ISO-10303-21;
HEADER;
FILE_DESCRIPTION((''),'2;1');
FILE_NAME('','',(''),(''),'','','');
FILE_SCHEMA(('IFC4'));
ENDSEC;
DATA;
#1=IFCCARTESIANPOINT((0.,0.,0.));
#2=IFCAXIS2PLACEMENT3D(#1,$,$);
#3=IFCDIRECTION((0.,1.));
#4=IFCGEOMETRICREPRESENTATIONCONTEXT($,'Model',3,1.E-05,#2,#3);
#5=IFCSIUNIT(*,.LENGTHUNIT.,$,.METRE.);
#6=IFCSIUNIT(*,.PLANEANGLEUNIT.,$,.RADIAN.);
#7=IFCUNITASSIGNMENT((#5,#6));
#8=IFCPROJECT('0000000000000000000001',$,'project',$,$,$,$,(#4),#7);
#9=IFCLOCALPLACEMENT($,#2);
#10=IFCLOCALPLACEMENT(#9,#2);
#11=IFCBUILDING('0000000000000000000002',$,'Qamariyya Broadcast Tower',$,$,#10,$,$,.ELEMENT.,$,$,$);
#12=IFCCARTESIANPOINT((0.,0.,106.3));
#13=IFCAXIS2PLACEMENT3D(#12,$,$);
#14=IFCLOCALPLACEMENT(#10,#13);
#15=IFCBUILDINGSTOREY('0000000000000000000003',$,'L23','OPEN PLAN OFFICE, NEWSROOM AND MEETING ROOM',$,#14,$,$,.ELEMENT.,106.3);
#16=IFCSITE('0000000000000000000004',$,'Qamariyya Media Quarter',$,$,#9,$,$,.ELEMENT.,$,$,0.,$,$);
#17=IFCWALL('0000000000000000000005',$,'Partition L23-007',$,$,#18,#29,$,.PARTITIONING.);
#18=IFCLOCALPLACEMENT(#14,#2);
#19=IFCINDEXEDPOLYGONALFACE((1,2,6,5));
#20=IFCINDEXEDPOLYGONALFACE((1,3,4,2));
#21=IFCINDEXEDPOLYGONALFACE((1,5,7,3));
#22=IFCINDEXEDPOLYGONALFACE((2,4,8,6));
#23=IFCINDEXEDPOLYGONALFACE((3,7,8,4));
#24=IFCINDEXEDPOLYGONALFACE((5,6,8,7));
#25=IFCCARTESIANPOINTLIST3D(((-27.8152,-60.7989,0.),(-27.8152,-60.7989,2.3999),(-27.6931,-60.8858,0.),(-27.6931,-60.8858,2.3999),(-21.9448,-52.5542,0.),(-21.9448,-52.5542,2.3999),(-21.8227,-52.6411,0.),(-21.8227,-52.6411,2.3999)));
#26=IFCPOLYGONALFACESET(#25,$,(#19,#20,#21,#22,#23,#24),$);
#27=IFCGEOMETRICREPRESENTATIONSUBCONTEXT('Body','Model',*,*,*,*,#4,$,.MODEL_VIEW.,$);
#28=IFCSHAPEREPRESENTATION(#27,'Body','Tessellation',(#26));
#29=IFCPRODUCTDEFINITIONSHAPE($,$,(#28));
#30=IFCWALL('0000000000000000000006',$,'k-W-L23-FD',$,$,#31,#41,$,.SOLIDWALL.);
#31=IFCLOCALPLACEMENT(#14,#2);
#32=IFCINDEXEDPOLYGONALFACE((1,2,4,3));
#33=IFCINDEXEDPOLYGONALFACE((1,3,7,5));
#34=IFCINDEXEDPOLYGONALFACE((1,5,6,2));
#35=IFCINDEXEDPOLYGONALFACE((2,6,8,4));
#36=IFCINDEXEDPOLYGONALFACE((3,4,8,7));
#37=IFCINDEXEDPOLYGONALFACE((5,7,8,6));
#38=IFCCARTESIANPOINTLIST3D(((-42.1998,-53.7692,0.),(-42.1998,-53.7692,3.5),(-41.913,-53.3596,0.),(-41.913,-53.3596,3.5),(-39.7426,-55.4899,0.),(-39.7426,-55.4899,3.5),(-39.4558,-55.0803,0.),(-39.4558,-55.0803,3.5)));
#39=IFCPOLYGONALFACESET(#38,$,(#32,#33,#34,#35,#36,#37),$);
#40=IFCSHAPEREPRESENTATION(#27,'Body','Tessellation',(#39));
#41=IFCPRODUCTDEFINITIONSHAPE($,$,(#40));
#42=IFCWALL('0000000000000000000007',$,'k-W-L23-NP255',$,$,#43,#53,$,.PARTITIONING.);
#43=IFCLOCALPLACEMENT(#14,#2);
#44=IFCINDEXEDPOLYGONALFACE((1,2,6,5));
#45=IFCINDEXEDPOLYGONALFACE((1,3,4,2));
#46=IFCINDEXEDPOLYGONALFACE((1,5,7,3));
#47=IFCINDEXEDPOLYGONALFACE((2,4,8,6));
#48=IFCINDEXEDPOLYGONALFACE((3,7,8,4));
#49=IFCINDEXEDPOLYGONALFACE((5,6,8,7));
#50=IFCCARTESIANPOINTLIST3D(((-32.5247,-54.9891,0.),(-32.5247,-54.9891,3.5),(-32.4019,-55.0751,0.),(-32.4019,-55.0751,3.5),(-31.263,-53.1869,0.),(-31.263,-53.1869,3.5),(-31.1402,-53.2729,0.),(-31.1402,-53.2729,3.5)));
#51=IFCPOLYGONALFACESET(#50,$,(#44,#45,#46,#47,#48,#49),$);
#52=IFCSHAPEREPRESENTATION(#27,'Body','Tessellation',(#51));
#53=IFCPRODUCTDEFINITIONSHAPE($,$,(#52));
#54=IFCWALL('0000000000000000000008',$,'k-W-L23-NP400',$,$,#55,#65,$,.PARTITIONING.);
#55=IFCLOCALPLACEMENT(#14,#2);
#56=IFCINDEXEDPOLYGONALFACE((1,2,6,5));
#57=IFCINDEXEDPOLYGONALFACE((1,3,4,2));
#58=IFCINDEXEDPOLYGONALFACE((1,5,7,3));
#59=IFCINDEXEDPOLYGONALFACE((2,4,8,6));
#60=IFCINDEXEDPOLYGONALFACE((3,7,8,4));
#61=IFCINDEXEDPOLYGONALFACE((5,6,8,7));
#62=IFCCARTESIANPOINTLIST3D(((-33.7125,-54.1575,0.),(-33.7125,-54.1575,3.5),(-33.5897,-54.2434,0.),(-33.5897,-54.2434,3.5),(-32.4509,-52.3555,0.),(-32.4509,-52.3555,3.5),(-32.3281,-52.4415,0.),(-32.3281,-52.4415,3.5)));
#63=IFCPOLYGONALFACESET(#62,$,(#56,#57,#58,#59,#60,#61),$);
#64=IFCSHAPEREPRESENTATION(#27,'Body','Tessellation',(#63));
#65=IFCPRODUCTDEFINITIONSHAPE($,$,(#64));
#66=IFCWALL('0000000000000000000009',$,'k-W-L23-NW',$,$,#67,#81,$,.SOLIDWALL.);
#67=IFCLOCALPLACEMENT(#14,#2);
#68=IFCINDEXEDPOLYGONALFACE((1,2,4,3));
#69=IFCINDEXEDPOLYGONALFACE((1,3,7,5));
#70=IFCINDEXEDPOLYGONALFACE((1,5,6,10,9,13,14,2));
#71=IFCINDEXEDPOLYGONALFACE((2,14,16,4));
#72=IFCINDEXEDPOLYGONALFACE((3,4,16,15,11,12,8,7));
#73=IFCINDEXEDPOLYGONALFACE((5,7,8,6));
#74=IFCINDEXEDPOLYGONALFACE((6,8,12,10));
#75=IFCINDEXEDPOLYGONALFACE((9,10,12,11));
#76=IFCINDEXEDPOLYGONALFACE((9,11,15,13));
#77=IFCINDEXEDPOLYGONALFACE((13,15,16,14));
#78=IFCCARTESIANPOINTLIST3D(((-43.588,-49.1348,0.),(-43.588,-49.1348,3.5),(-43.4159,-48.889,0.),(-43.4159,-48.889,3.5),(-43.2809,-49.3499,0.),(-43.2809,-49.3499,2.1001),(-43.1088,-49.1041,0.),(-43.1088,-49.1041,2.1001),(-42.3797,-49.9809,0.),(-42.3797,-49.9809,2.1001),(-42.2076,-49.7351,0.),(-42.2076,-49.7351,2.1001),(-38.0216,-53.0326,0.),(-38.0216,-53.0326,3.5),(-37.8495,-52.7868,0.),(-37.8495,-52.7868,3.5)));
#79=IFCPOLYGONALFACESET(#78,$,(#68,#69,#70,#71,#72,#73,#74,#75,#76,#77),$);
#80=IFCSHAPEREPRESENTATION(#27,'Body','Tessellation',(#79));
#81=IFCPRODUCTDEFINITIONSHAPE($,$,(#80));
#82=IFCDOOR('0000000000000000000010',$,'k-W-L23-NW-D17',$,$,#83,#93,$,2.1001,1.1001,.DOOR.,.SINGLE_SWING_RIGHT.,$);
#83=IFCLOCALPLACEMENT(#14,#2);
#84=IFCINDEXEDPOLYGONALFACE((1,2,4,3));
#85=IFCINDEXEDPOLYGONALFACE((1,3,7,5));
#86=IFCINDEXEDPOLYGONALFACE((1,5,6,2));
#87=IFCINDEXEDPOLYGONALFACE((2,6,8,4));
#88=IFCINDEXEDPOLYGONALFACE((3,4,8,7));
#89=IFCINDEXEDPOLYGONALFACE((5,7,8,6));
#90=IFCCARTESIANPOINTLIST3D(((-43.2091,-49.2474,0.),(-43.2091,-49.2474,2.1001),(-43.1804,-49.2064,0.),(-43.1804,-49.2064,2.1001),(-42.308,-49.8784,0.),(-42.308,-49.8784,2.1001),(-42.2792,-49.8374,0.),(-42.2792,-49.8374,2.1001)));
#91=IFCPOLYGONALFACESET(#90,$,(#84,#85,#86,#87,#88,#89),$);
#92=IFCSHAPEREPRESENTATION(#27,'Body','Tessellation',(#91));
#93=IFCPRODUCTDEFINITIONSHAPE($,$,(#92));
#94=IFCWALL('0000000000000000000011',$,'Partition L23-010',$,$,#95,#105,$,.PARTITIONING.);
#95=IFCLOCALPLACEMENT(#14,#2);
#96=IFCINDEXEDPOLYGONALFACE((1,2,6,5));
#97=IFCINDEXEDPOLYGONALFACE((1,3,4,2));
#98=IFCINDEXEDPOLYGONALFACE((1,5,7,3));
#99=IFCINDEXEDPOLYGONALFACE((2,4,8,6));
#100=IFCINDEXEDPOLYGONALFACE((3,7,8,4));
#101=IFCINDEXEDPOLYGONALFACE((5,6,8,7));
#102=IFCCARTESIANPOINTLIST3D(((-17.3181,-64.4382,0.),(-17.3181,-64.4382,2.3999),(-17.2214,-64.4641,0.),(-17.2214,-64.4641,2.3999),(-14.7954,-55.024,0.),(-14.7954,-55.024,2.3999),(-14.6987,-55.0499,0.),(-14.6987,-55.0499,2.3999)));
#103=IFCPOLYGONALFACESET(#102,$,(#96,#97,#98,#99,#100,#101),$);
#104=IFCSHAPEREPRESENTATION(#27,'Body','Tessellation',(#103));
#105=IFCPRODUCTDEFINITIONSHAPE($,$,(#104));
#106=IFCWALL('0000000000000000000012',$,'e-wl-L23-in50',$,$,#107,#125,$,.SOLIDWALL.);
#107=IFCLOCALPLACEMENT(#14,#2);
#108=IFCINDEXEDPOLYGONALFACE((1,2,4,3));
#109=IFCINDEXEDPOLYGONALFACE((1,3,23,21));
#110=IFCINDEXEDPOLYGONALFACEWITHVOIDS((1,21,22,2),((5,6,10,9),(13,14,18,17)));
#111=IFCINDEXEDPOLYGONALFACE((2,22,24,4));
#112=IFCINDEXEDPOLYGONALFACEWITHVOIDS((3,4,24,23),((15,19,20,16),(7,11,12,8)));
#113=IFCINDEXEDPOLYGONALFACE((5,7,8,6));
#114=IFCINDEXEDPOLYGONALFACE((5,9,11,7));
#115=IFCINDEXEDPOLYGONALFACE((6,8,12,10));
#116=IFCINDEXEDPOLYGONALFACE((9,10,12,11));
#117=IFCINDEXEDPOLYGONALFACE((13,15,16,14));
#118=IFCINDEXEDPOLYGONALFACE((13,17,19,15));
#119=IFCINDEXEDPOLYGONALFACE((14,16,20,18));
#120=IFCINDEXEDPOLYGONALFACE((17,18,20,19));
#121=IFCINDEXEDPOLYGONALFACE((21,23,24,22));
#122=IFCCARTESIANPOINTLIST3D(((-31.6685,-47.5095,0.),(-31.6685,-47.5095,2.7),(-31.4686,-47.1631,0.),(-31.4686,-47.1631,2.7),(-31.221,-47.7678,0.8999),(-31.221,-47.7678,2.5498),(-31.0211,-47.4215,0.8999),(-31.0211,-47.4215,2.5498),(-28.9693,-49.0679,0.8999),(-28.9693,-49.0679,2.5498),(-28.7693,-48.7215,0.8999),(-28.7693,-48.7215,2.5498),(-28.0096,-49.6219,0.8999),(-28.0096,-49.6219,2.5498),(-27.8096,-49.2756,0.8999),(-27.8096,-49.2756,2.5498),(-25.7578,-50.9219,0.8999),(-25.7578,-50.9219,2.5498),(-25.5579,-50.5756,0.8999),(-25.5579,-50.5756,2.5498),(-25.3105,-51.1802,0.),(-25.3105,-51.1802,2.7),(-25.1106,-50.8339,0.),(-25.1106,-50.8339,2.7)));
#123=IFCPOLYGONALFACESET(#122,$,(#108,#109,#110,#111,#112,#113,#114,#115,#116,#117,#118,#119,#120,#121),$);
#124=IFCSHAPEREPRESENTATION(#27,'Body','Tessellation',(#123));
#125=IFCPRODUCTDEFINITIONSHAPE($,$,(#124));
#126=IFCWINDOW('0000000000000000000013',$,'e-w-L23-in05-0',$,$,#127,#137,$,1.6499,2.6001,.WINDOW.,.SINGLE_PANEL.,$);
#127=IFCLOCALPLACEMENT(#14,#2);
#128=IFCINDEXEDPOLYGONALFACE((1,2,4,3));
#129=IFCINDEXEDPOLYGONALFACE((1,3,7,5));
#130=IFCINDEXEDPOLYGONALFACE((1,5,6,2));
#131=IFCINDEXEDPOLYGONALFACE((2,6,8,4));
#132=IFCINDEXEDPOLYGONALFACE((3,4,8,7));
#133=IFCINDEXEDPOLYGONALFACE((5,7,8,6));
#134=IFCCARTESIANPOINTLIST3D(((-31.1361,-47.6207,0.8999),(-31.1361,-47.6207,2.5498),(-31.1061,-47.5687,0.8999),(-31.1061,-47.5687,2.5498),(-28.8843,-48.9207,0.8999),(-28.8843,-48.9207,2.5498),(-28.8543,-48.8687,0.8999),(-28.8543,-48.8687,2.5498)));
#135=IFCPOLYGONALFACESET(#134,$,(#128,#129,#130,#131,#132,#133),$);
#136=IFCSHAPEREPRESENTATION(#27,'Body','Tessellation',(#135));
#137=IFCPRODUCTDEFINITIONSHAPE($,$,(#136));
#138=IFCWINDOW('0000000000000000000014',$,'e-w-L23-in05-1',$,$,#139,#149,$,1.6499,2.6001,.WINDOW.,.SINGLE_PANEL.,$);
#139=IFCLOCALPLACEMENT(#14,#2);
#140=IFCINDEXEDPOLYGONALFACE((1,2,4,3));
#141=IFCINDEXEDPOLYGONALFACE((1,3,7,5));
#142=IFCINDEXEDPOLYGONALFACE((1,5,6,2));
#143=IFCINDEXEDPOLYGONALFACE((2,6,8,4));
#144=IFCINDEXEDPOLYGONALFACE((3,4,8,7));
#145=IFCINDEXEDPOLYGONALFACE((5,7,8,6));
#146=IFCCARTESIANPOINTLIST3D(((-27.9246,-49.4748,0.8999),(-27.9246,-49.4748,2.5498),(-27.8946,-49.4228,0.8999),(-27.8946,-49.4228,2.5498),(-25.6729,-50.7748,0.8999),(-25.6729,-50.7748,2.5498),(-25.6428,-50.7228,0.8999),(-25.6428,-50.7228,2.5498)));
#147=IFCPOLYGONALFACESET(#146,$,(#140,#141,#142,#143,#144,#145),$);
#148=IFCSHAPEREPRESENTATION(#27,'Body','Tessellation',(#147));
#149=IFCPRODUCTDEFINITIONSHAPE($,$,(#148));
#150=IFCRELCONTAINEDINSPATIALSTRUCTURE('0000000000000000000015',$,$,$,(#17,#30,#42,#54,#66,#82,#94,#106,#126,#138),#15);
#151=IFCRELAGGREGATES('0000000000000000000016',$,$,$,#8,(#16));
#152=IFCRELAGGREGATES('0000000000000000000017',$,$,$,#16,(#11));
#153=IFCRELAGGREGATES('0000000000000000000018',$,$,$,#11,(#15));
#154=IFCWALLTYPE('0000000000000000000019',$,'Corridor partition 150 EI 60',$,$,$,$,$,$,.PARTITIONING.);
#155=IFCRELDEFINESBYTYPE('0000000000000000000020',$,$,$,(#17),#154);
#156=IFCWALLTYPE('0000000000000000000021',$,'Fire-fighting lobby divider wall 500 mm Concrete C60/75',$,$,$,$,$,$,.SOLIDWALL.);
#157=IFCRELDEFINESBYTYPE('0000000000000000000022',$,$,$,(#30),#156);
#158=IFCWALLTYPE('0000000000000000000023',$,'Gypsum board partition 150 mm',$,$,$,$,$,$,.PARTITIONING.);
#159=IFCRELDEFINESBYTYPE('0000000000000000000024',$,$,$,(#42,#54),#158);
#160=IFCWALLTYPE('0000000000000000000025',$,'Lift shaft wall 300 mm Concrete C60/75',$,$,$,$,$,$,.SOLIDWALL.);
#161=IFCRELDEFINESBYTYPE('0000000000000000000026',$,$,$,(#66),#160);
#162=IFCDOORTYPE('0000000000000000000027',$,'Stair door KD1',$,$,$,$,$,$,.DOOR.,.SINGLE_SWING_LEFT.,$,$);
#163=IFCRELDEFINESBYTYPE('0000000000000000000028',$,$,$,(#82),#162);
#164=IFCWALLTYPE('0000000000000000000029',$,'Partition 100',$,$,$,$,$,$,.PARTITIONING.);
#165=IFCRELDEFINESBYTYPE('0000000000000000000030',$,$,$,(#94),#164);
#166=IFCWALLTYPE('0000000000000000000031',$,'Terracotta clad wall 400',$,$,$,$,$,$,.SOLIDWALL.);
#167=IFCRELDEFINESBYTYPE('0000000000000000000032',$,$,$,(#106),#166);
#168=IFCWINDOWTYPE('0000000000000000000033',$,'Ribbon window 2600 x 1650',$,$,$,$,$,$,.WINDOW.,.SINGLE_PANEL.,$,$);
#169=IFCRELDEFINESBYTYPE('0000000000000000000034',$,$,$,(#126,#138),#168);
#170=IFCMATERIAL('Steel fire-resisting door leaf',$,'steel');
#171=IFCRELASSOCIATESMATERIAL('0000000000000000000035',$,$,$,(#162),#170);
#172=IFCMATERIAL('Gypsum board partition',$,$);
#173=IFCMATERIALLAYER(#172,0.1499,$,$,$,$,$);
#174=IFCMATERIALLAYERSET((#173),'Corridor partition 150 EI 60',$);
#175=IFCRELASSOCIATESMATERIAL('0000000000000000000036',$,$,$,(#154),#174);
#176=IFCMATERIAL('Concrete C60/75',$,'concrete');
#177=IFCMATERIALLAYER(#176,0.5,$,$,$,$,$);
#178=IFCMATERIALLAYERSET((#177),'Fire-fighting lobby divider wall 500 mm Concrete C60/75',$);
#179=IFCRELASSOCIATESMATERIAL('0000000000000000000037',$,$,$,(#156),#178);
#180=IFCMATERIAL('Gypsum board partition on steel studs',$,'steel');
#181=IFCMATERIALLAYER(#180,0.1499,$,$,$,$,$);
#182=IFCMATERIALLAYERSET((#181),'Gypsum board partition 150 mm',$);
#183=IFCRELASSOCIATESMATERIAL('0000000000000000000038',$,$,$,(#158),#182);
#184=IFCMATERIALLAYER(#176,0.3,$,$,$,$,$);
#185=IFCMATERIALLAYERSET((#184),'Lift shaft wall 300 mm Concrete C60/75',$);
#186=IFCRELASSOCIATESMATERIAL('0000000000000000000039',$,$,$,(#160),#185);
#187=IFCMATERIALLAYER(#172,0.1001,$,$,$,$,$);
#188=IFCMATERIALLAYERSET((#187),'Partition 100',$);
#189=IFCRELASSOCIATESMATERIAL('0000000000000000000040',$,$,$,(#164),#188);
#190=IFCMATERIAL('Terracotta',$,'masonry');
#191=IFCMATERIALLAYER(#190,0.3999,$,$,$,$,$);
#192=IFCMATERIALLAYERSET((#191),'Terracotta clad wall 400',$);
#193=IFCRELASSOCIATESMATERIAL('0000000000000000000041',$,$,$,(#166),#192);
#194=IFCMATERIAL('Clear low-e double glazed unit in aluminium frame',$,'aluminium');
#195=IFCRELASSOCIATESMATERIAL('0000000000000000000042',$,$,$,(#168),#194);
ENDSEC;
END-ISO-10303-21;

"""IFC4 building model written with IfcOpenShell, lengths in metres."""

from ifc_helpers import new_model, si_unit, direction, frame, frame_2d, origin, place, context, subcontext, project, spatial, rectangle, extrude, material, layer, layer_set, type_object, element, fill, save


model = new_model("IFC4")

# Units and contexts
model_context = context("Model", 3, precision=1e-05, world=origin(), true_north=direction((0.0, 1.0)))
body_context = subcontext(model_context, "Body", "Model", "MODEL_VIEW")
ifc_project = project(units=[si_unit("LENGTHUNIT", "METRE"), si_unit("PLANEANGLEUNIT", "RADIAN")], contexts=[model_context])

# Site, building, storey
site_placement = place(None, origin())
site = spatial("IfcSite", under=ifc_project, at=site_placement, Name="Qamariyya Media Quarter", CompositionType="ELEMENT", RefElevation=0.0)
building_placement = place(site_placement, origin())
building = spatial("IfcBuilding", under=site, at=building_placement, Name="Qamariyya Broadcast Tower", CompositionType="ELEMENT")
storey_placement = place(building_placement, frame((0.0, 0.0, 106.3)))
storey = spatial("IfcBuildingStorey", under=building, at=storey_placement, Name="L23", Description="OPEN PLAN OFFICE, NEWSROOM AND MEETING ROOM", CompositionType="ELEMENT", Elevation=106.3)

# Shared definitions
ifc_material_1 = material(Name="Steel fire-resisting door leaf", Category="steel")
door_type_1 = type_object("IfcDoorType", Name="Stair door KD1", OperationType="SINGLE_SWING_LEFT", PredefinedType="DOOR", material=ifc_material_1)

# Walls
ifc_material_2 = material(Name="Gypsum board partition")
ifc_layer_1 = layer(ifc_material_2, 0.1499)
ifc_layer_set_1 = layer_set([ifc_layer_1], Name="Corridor partition 150 EI 60")
wall_type_1 = type_object("IfcWallType", Name="Corridor partition 150 EI 60", PredefinedType="PARTITIONING", material=ifc_layer_set_1)
wall_1_placement = place(storey_placement, frame((-21.8838, -52.5977, 0.0), z_axis=(0.0, 0.0, 1.0), x_axis=(-0.580017, -0.814605, 0.0)))
element("IfcWall", 1, at=wall_1_placement, inside=storey, type_object=wall_type_1, Name="Partition L23-007", PredefinedType="PARTITIONING", context=body_context, shape_type="SweptSolid", body=[
    extrude(rectangle(XDim=10.1211, YDim=0.1499, at=frame_2d((5.0605, 0.0))), origin(), (0.0, 0.0, 1.0), 2.3999),
])
ifc_material_3 = material(Name="Concrete C60/75", Category="concrete")
ifc_layer_2 = layer(ifc_material_3, 0.5)
ifc_layer_set_2 = layer_set([ifc_layer_2], Name="Fire-fighting lobby divider wall 500 mm Concrete C60/75")
wall_type_2 = type_object("IfcWallType", Name="Fire-fighting lobby divider wall 500 mm Concrete C60/75", PredefinedType="SOLIDWALL", material=ifc_layer_set_2)
wall_2_placement = place(storey_placement, frame((-39.5991, -55.2852, 0.0), z_axis=(0.0, 0.0, 1.0), x_axis=(-0.819136, 0.573599, 0.0)))
element("IfcWall", 2, at=wall_2_placement, inside=storey, type_object=wall_type_2, Name="k-W-L23-FD", PredefinedType="SOLIDWALL", context=body_context, shape_type="SweptSolid", body=[
    extrude(rectangle(XDim=2.9998, YDim=0.5, at=frame_2d((1.5, 0.0))), origin(), (0.0, 0.0, 1.0), 3.5),
])
ifc_material_4 = material(Name="Gypsum board partition on steel studs", Category="steel")
ifc_layer_3 = layer(ifc_material_4, 0.1499)
ifc_layer_set_3 = layer_set([ifc_layer_3], Name="Gypsum board partition 150 mm")
wall_type_3 = type_object("IfcWallType", Name="Gypsum board partition 150 mm", PredefinedType="PARTITIONING", material=ifc_layer_set_3)
wall_3_placement = place(storey_placement, frame((-32.4634, -55.0322, 0.0), z_axis=(0.0, 0.0, 1.0), x_axis=(0.573507, 0.819201, 0.0)))
element("IfcWall", 3, at=wall_3_placement, inside=storey, type_object=wall_type_3, Name="k-W-L23-NP255", PredefinedType="PARTITIONING", context=body_context, shape_type="SweptSolid", body=[
    extrude(rectangle(XDim=2.2, YDim=0.1499, at=frame_2d((1.1001, 0.0))), origin(), (0.0, 0.0, 1.0), 3.5),
])
wall_4_placement = place(storey_placement, frame((-33.6511, -54.2004, 0.0), z_axis=(0.0, 0.0, 1.0), x_axis=(0.573559, 0.819164, 0.0)))
element("IfcWall", 4, at=wall_4_placement, inside=storey, type_object=wall_type_3, Name="k-W-L23-NP400", PredefinedType="PARTITIONING", context=body_context, shape_type="SweptSolid", body=[
    extrude(rectangle(XDim=2.1997, YDim=0.1499, at=frame_2d((1.0999, 0.0))), origin(), (0.0, 0.0, 1.0), 3.5),
])

# Wall, opening, door
ifc_layer_4 = layer(ifc_material_3, 0.3)
ifc_layer_set_4 = layer_set([ifc_layer_4], Name="Lift shaft wall 300 mm Concrete C60/75")
wall_type_4 = type_object("IfcWallType", Name="Lift shaft wall 300 mm Concrete C60/75", PredefinedType="SOLIDWALL", material=ifc_layer_set_4)
wall_5_placement = place(storey_placement, frame((-37.9355, -52.9097, 0.0), z_axis=(0.0, 0.0, 1.0), x_axis=(-0.819148, 0.573583, 0.0)))
wall_5 = element("IfcWall", 5, at=wall_5_placement, inside=storey, type_object=wall_type_4, Name="k-W-L23-NW", PredefinedType="SOLIDWALL", context=body_context, shape_type="SweptSolid", body=[
    extrude(rectangle(XDim=6.7954, YDim=0.3, at=frame_2d((3.3977, 0.0))), origin(), (0.0, 0.0, 1.0), 3.5),
])
opening_1_placement = place(wall_5_placement, frame((5.3203, 0.0, 0.0)))
opening_1 = element("IfcOpeningElement", 6, at=opening_1_placement, cuts=wall_5, PredefinedType="OPENING", context=body_context, shape_type="SweptSolid", body=[
    extrude(rectangle(XDim=1.1001, YDim=2.1001, at=frame_2d((0.55, 1.05))), frame((0.0, 0.1599, 0.0), z_axis=(0.0, -1.0, 0.0), x_axis=(1.0, 0.0, 0.0)), (0.0, 0.0, 1.0), 0.3201),
])
door_1_placement = place(opening_1_placement, origin())
door_1 = element("IfcDoor", 7, at=door_1_placement, inside=storey, type_object=door_type_1, Name="k-W-L23-NW-D17", OperationType="SINGLE_SWING_RIGHT", OverallHeight=2.1001, OverallWidth=1.1001, PredefinedType="DOOR", context=body_context, shape_type="SweptSolid", body=[
    extrude(rectangle(XDim=1.1001, YDim=2.1001, at=frame_2d((0.55, 1.05))), frame((0.0, 0.0249, 0.0), z_axis=(0.0, -1.0, 0.0), x_axis=(1.0, 0.0, 0.0)), (0.0, 0.0, 1.0), 0.05),
])
fill(opening_1, door_1)

# Wall
ifc_layer_5 = layer(ifc_material_2, 0.1001)
ifc_layer_set_5 = layer_set([ifc_layer_5], Name="Partition 100")
wall_type_5 = type_object("IfcWallType", Name="Partition 100", PredefinedType="PARTITIONING", material=ifc_layer_set_5)
wall_6_placement = place(storey_placement, frame((-14.7471, -55.0371, 0.0), z_axis=(0.0, 0.0, 1.0), x_axis=(-0.258833, -0.965922, 0.0)))
element("IfcWall", 8, at=wall_6_placement, inside=storey, type_object=wall_type_5, Name="Partition L23-010", PredefinedType="PARTITIONING", context=body_context, shape_type="SweptSolid", body=[
    extrude(rectangle(XDim=9.7463, YDim=0.1001, at=frame_2d((4.873, 0.0))), origin(), (0.0, 0.0, 1.0), 2.3999),
])

# Wall, openings, windows
ifc_material_5 = material(Name="Terracotta", Category="masonry")
ifc_layer_6 = layer(ifc_material_5, 0.3999)
ifc_layer_set_6 = layer_set([ifc_layer_6], Name="Terracotta clad wall 400")
wall_type_6 = type_object("IfcWallType", Name="Terracotta clad wall 400", PredefinedType="SOLIDWALL", material=ifc_layer_set_6)
wall_7_placement = place(storey_placement, frame((-25.2104, -51.0071, 0.0), z_axis=(0.0, 0.0, 1.0), x_axis=(-0.866031, 0.499991, 0.0)))
wall_7 = element("IfcWall", 9, at=wall_7_placement, inside=storey, type_object=wall_type_6, Name="e-wl-L23-in50", PredefinedType="SOLIDWALL", context=body_context, shape_type="SweptSolid", body=[
    extrude(rectangle(XDim=7.3416, YDim=0.3999, at=frame_2d((3.6709, 0.0))), origin(), (0.0, 0.0, 1.0), 2.7),
])
opening_2_placement = place(wall_7_placement, frame((4.2249, 0.0, 0.8999)))
opening_2 = element("IfcOpeningElement", 10, at=opening_2_placement, cuts=wall_7, PredefinedType="OPENING", context=body_context, shape_type="SweptSolid", body=[
    extrude(rectangle(XDim=2.6001, YDim=1.6499, at=frame_2d((1.3, 0.825))), frame((0.0, 0.21, 0.0), z_axis=(0.0, -1.0, 0.0), x_axis=(1.0, 0.0, 0.0)), (0.0, 0.0, 1.0), 0.4199),
])
opening_3_placement = place(wall_7_placement, frame((0.5166, 0.0, 0.8999)))
opening_3 = element("IfcOpeningElement", 11, at=opening_3_placement, cuts=wall_7, PredefinedType="OPENING", context=body_context, shape_type="SweptSolid", body=[
    extrude(rectangle(XDim=2.6001, YDim=1.6499, at=frame_2d((1.3, 0.825))), frame((0.0, 0.21, 0.0), z_axis=(0.0, -1.0, 0.0), x_axis=(1.0, 0.0, 0.0)), (0.0, 0.0, 1.0), 0.4199),
])
ifc_material_6 = material(Name="Clear low-e double glazed unit in aluminium frame", Category="aluminium")
window_type = type_object("IfcWindowType", Name="Ribbon window 2600 x 1650", PartitioningType="SINGLE_PANEL", PredefinedType="WINDOW", material=ifc_material_6)
window_1_placement = place(opening_2_placement, origin())
window_1 = element("IfcWindow", 12, at=window_1_placement, inside=storey, type_object=window_type, Name="e-w-L23-in05-0", OverallHeight=1.6499, OverallWidth=2.6001, PartitioningType="SINGLE_PANEL", PredefinedType="WINDOW", context=body_context, shape_type="SweptSolid", body=[
    extrude(rectangle(XDim=2.6001, YDim=1.6499, at=frame_2d((1.3, 0.825))), frame((0.0, 0.03, 0.0), z_axis=(0.0, -1.0, 0.0), x_axis=(1.0, 0.0, 0.0)), (0.0, 0.0, 1.0), 0.0601),
])
fill(opening_2, window_1)
window_2_placement = place(opening_3_placement, origin())
window_2 = element("IfcWindow", 13, at=window_2_placement, inside=storey, type_object=window_type, Name="e-w-L23-in05-1", OverallHeight=1.6499, OverallWidth=2.6001, PartitioningType="SINGLE_PANEL", PredefinedType="WINDOW", context=body_context, shape_type="SweptSolid", body=[
    extrude(rectangle(XDim=2.6001, YDim=1.6499, at=frame_2d((1.3, 0.825))), frame((0.0, 0.03, 0.0), z_axis=(0.0, -1.0, 0.0), x_axis=(1.0, 0.0, 0.0)), (0.0, 0.0, 1.0), 0.0601),
])
fill(opening_3, window_2)

save(model, "model.ifc")
